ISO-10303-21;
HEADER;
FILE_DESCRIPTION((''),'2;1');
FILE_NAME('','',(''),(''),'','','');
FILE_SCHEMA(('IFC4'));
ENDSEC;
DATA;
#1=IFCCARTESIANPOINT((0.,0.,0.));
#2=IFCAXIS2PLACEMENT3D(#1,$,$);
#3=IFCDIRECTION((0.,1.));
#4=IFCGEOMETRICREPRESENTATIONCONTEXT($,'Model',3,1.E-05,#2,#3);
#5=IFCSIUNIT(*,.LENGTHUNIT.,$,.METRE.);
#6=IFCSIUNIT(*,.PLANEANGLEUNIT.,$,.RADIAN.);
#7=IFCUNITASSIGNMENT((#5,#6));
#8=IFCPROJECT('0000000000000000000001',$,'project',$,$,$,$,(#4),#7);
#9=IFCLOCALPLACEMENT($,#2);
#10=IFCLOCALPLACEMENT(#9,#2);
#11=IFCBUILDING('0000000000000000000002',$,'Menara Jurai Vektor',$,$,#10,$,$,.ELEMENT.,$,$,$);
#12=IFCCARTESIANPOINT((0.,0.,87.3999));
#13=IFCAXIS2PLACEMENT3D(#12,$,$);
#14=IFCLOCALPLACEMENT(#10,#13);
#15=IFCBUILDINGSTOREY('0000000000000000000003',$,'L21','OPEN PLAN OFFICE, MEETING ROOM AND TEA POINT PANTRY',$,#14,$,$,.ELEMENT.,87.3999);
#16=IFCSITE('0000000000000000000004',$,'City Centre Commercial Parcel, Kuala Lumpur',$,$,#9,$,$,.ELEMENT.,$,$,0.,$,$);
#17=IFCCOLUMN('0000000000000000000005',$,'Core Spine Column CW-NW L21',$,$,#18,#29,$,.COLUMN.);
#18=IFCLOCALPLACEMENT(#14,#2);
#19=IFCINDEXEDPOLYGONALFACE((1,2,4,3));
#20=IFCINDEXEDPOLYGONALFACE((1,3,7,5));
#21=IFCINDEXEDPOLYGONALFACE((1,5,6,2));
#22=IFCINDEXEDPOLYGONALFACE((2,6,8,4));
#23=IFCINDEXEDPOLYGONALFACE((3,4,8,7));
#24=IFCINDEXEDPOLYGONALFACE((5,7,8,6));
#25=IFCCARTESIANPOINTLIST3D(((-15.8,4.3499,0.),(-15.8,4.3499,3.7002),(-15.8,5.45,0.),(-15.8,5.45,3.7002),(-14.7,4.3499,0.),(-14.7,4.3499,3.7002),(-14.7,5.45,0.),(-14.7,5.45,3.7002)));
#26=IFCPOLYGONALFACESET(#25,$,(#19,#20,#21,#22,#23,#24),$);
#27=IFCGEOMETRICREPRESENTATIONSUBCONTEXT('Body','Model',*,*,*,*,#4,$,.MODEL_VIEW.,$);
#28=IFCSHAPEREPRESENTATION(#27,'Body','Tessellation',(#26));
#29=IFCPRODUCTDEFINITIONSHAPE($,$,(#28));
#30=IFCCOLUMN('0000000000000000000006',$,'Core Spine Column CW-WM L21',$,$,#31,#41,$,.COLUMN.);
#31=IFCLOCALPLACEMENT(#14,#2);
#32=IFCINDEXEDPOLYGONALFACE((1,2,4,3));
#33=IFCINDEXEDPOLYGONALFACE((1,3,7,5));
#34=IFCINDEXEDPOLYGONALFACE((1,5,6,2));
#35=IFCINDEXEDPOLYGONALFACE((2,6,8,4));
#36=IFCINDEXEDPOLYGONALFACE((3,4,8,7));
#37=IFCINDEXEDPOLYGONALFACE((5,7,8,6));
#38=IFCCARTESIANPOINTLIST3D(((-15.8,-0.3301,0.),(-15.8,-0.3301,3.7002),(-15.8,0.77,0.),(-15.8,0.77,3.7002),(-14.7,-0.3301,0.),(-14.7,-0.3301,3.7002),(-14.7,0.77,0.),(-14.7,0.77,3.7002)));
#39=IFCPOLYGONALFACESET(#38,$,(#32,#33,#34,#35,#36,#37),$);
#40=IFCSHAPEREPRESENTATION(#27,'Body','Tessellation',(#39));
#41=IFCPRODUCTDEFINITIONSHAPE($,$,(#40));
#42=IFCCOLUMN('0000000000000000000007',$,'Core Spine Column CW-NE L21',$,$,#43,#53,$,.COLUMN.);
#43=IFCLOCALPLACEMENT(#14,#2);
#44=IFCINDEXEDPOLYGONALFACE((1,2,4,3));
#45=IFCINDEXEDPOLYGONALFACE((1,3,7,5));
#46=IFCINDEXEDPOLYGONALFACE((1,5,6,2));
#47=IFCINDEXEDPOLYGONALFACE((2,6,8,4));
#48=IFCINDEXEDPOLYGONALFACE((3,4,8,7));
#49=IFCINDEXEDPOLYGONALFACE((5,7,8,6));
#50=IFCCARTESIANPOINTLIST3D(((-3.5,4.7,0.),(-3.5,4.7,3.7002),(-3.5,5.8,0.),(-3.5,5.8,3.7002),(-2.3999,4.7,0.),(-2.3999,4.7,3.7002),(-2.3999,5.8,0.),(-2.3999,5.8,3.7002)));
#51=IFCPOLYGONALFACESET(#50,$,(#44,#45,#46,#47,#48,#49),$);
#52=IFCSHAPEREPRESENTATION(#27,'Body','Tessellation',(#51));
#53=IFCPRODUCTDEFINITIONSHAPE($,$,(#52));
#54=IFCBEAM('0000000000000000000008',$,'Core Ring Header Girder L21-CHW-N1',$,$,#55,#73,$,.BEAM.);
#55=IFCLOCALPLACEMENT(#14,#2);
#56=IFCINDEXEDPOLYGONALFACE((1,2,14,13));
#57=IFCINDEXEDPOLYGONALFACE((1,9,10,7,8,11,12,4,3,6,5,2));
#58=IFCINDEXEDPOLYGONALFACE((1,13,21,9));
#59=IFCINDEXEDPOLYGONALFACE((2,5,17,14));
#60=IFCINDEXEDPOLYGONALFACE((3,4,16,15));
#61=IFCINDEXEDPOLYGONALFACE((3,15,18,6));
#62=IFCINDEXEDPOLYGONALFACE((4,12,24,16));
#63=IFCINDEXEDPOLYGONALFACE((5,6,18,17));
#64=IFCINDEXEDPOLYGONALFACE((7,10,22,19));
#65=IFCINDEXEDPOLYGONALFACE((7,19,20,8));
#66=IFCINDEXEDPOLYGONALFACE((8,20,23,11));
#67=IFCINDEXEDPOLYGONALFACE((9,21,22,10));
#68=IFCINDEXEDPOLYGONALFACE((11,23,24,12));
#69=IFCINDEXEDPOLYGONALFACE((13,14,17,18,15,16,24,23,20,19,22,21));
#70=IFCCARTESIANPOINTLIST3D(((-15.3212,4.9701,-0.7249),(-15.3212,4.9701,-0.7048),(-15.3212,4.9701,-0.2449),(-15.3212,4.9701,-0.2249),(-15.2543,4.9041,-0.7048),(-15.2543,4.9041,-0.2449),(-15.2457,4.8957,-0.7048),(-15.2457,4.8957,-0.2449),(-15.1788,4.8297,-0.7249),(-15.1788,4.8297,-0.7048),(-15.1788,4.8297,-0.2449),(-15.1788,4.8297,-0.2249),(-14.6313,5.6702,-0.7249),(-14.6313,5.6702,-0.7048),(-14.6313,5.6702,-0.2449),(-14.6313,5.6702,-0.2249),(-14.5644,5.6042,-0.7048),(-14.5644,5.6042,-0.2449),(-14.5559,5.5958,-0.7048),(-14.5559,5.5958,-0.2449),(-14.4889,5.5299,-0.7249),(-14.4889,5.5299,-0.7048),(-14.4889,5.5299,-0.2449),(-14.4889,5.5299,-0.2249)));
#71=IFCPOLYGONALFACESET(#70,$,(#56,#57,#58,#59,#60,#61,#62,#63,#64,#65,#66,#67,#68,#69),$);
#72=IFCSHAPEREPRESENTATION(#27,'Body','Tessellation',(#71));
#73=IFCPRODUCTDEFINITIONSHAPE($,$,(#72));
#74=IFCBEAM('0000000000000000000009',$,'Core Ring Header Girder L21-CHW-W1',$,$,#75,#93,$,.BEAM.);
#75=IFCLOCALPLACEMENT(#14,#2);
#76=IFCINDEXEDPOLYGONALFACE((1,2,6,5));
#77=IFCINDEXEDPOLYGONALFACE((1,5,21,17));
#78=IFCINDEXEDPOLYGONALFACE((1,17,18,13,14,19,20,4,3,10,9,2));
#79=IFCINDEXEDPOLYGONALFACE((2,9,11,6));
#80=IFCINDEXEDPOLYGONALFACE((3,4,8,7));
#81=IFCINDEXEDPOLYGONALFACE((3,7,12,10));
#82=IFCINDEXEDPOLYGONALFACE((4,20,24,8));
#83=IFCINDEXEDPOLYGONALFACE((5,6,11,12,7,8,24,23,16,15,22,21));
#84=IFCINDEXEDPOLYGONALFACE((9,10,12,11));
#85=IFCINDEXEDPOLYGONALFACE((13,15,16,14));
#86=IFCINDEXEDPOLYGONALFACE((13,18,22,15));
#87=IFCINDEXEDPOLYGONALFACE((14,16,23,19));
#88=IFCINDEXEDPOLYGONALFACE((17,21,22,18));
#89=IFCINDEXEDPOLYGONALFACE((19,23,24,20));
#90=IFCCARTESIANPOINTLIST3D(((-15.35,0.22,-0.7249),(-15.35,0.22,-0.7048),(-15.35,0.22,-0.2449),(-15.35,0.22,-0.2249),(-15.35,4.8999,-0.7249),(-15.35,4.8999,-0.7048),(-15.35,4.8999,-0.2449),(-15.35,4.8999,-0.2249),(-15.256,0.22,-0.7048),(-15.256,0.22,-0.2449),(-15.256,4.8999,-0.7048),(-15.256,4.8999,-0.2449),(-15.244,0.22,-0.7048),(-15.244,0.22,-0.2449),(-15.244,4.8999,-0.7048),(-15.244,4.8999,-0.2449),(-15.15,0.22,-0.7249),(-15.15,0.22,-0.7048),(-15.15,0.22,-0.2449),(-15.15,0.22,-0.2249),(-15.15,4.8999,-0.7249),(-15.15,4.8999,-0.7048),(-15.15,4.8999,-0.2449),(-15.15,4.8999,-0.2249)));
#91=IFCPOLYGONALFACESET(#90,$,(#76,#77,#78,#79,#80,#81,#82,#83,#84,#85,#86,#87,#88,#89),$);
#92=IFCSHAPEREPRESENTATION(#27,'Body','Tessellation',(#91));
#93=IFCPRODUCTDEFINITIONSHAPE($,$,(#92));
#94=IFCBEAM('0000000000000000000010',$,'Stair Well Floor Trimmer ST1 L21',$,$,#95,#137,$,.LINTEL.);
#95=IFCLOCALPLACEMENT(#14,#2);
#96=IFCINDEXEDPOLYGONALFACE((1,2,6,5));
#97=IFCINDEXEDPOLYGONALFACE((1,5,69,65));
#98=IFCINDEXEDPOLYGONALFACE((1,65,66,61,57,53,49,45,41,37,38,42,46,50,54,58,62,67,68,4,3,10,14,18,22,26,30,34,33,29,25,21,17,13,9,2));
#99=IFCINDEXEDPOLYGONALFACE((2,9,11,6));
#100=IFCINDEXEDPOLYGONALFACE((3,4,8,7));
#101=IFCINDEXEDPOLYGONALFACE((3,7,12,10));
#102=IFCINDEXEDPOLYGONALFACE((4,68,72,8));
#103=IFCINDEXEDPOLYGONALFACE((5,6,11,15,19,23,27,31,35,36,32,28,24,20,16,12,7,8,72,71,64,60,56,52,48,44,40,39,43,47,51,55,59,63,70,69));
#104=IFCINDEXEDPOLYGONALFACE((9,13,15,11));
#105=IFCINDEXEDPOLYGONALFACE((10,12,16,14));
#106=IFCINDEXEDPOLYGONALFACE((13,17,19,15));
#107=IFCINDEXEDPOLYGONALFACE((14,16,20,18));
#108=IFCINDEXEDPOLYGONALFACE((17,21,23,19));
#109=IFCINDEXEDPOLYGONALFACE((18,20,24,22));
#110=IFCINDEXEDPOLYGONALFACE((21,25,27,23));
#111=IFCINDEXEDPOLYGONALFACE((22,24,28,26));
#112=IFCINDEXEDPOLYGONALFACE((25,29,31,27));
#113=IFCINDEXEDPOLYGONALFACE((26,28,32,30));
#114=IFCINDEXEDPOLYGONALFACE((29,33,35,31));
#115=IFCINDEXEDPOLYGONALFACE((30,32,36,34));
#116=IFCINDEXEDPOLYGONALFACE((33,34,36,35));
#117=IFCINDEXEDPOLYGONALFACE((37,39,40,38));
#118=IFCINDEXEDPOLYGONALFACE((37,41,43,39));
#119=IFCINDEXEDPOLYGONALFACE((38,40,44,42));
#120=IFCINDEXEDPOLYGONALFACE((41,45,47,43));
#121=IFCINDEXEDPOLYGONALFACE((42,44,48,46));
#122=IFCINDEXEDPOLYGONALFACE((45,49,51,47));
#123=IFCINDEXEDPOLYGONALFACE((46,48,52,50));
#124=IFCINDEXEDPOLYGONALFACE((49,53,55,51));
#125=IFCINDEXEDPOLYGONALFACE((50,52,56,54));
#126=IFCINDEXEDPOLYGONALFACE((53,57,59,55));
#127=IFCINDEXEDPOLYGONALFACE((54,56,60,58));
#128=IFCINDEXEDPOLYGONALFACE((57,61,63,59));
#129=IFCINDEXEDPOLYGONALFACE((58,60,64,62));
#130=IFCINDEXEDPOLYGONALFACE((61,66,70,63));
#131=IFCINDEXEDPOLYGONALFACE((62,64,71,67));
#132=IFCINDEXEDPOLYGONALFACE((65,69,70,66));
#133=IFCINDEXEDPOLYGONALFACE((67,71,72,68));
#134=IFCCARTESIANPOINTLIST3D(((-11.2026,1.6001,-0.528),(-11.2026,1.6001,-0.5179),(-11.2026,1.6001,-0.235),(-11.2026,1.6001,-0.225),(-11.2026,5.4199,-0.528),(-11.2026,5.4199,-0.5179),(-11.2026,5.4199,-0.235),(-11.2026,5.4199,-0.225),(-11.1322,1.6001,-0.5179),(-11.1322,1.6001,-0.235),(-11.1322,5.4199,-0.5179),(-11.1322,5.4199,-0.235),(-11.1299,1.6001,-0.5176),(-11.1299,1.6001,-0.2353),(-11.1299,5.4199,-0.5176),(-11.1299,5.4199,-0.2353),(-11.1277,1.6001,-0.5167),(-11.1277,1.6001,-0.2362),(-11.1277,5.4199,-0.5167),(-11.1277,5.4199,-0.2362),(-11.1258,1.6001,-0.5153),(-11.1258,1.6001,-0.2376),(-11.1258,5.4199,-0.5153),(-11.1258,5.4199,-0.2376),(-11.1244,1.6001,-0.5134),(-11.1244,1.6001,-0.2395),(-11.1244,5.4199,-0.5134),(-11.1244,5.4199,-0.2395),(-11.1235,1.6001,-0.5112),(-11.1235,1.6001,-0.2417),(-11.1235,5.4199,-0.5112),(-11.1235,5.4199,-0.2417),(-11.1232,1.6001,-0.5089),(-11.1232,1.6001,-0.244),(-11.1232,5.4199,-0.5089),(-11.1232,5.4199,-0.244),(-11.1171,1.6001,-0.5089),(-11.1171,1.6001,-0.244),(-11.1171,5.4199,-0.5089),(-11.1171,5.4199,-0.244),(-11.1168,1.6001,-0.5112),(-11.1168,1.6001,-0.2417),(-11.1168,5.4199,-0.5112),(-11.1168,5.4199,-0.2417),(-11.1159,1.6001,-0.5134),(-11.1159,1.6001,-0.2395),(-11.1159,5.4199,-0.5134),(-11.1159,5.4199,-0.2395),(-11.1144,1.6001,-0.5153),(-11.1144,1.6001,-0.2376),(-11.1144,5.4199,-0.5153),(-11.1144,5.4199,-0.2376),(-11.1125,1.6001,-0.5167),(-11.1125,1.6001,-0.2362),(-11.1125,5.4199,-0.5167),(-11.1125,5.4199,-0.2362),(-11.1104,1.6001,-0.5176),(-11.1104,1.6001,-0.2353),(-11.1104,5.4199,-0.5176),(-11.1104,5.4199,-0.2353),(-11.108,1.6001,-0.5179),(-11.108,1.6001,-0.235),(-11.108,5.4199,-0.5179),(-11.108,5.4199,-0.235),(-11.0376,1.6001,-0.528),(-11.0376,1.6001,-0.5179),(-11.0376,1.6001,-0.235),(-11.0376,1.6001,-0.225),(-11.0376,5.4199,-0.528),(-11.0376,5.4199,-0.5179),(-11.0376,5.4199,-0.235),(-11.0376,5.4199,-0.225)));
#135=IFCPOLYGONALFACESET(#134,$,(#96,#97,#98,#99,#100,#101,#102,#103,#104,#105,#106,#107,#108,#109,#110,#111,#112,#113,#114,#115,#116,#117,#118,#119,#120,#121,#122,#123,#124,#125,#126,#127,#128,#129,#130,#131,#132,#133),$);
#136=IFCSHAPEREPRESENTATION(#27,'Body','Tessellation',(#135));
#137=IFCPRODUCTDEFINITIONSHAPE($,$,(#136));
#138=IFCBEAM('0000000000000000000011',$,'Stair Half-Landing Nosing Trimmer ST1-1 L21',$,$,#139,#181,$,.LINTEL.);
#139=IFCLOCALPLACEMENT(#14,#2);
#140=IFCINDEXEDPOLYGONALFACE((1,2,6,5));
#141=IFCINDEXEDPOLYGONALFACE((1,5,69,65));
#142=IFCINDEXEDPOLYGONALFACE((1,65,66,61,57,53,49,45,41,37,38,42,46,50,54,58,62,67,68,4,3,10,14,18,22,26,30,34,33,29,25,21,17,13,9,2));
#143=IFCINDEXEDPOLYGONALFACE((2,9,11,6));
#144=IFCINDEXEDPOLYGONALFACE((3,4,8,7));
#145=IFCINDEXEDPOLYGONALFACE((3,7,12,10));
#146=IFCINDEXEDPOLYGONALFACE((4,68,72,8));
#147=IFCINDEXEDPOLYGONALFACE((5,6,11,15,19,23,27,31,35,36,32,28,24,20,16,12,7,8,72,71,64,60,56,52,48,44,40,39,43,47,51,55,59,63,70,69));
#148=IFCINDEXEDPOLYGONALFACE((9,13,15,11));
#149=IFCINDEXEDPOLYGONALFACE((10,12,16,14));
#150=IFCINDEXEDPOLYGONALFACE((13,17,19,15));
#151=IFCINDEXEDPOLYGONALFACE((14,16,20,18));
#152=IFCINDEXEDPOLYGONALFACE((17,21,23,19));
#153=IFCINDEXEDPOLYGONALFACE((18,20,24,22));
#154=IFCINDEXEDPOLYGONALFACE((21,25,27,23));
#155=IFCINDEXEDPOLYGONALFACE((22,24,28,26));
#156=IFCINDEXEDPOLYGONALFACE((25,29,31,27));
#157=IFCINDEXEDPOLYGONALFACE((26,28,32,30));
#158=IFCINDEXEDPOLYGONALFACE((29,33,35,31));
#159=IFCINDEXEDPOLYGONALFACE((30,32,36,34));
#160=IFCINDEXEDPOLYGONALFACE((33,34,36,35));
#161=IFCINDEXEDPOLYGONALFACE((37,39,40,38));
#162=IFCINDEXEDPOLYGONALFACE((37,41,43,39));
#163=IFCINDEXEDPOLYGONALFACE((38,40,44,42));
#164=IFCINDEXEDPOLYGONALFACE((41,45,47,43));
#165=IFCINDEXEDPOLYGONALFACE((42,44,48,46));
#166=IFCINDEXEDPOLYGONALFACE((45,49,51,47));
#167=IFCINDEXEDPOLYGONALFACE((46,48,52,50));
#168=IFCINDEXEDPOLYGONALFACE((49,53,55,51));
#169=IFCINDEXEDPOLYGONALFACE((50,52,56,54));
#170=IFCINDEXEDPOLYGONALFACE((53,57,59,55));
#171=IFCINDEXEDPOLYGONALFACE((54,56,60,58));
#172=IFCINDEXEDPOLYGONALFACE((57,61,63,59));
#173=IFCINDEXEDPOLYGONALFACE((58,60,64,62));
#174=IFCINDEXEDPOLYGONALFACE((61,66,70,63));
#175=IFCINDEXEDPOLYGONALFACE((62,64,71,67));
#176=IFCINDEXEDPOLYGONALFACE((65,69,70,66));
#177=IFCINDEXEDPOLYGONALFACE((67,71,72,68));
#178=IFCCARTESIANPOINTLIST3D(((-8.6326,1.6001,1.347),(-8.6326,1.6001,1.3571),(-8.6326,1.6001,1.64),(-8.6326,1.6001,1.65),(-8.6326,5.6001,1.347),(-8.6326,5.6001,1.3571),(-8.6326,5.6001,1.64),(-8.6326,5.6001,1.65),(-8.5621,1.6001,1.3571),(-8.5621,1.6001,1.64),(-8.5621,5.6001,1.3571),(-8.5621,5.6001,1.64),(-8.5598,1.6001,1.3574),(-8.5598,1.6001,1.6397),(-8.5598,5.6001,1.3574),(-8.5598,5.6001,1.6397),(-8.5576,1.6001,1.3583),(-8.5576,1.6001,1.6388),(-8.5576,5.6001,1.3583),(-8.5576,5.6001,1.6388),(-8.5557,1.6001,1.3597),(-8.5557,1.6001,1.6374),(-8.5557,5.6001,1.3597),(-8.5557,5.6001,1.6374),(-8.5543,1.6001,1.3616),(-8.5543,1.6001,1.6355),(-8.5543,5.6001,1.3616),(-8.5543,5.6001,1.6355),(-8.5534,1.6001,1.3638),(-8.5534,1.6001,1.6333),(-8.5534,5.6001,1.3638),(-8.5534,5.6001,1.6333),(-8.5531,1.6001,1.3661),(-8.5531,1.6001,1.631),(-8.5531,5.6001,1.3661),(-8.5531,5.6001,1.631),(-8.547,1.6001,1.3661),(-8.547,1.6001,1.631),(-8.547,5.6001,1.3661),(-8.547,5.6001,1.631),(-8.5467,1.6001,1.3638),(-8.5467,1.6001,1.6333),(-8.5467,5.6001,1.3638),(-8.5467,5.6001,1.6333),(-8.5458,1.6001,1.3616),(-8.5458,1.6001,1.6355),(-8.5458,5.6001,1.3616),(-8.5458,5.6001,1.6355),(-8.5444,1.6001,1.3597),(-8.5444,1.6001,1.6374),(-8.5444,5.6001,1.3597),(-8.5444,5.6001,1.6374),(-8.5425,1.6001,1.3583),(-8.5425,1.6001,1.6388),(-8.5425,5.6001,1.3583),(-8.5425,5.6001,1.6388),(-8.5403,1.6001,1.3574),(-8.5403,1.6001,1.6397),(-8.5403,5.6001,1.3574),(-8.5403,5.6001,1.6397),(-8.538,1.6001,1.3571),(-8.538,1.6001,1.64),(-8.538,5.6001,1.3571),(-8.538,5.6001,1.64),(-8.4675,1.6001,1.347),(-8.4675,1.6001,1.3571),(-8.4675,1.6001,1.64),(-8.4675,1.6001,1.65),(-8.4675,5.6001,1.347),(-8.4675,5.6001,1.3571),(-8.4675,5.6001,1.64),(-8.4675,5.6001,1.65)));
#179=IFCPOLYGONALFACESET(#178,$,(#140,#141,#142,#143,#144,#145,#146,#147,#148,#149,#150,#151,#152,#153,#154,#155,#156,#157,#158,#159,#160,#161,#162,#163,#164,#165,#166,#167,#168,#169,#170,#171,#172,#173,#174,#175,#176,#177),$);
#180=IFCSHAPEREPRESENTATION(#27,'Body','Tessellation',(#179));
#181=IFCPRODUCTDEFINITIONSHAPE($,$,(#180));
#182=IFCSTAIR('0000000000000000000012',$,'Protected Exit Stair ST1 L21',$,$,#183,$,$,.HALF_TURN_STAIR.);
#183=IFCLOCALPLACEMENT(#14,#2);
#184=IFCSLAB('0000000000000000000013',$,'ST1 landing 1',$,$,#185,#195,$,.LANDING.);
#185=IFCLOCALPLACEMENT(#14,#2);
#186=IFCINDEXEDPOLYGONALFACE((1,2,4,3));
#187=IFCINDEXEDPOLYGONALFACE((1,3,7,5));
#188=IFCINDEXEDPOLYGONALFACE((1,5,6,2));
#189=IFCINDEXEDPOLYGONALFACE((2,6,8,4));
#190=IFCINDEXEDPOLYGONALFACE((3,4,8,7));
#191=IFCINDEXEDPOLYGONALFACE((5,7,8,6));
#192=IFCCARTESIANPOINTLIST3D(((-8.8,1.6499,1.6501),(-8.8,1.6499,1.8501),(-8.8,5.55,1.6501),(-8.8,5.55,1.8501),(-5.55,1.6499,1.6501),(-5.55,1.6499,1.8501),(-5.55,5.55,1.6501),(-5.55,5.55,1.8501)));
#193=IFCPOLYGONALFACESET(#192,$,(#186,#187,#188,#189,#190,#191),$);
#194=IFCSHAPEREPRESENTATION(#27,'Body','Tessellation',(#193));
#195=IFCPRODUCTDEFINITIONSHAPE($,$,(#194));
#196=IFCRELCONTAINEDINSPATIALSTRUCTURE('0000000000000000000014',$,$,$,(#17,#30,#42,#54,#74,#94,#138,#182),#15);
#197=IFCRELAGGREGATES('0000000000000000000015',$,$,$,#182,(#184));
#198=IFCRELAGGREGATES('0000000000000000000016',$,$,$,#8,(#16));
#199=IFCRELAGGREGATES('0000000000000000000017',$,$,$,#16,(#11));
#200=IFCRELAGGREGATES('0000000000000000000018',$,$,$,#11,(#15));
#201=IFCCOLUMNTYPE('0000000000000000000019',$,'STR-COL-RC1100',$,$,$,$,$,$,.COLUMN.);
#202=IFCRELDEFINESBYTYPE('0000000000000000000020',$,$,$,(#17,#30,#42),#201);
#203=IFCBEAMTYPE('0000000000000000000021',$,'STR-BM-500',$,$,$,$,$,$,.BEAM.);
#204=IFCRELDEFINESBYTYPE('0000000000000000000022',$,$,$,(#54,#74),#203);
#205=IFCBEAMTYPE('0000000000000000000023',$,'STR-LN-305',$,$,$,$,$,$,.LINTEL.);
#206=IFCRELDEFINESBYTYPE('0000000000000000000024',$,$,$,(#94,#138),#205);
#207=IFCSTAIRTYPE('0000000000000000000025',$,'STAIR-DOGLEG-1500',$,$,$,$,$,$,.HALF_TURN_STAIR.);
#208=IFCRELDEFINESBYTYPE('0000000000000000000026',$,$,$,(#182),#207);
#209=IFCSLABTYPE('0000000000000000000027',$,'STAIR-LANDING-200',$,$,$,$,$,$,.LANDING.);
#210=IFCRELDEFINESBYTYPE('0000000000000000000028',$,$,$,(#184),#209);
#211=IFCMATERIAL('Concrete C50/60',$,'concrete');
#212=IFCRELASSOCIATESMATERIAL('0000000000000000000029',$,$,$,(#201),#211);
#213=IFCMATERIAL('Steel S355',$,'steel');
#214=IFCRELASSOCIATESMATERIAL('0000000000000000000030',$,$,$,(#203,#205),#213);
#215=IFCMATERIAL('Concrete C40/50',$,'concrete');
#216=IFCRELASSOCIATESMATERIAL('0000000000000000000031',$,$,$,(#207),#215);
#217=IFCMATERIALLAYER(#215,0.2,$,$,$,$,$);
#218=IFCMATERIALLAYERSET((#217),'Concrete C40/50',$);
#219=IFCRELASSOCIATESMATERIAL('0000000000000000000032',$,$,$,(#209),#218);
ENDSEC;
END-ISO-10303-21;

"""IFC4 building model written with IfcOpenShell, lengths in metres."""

from ifc_helpers import new_model, si_unit, direction, frame, origin, origin_2d, place, context, subcontext, project, spatial, polyline, rectangle, i_section, outline, extrude, material, layer, layer_set, material_profile, profile_set, type_object, element, aggregate, save


model = new_model("IFC4")

# Units and contexts
model_context = context("Model", 3, precision=1e-05, world=origin(), true_north=direction((0.0, 1.0)))
body_context = subcontext(model_context, "Body", "Model", "MODEL_VIEW")
ifc_project = project(units=[si_unit("LENGTHUNIT", "METRE"), si_unit("PLANEANGLEUNIT", "RADIAN")], contexts=[model_context])

# Site, building, storey
site_placement = place(None, origin())
site = spatial("IfcSite", under=ifc_project, at=site_placement, Name="City Centre Commercial Parcel, Kuala Lumpur", CompositionType="ELEMENT", RefElevation=0.0)
building_placement = place(site_placement, origin())
building = spatial("IfcBuilding", under=site, at=building_placement, Name="Menara Jurai Vektor", CompositionType="ELEMENT")
storey_placement = place(building_placement, frame((0.0, 0.0, 87.3999)))
storey = spatial("IfcBuildingStorey", under=building, at=storey_placement, Name="L21", Description="OPEN PLAN OFFICE, MEETING ROOM AND TEA POINT PANTRY", CompositionType="ELEMENT", Elevation=87.3999)

# Columns
ifc_material_1 = material(Name="Concrete C50/60", Category="concrete")
ifc_material_profile_1 = material_profile(ifc_material_1, rectangle(XDim=1.1001, YDim=1.1001, at=origin_2d()), Name="RC 1100x1100")
ifc_profile_set_1 = profile_set([ifc_material_profile_1], Name="Concrete C50/60")
column_type = type_object("IfcColumnType", Name="STR-COL-RC1100", PredefinedType="COLUMN", material=ifc_profile_set_1)
for number, where, z_axis, x_axis, name in (
    (1, (-15.25, 4.8999, 0.0), (0.0, 0.0, 1.0), (1.0, 0.0, 0.0), "Core Spine Column CW-NW L21"),
    (2, (-15.25, 0.22, 0.0), (0.0, 0.0, 1.0), (1.0, 0.0, 0.0), "Core Spine Column CW-WM L21"),
    (3, (-2.95, 5.25, 0.0), (0.0, 0.0, 1.0), (1.0, 0.0, 0.0), "Core Spine Column CW-NE L21"),
):
    element("IfcColumn", number, at=place(storey_placement, frame(where, z_axis=z_axis, x_axis=x_axis)), inside=storey, type_object=column_type, Name=name, PredefinedType="COLUMN", context=body_context, shape_type="SweptSolid", body=[
        extrude(rectangle(XDim=1.1001, YDim=1.1001, at=origin_2d()), origin(), (0.0, 0.0, 1.0), 3.7002),
    ])

# Beams
ifc_material_2 = material(Name="Steel S355", Category="steel")
ifc_material_profile_2 = material_profile(ifc_material_2, i_section(OverallWidth=0.2, OverallDepth=0.5, WebThickness=0.012, FlangeThickness=0.02, at=origin_2d()), Name="PG 500x200x96")
ifc_profile_set_2 = profile_set([ifc_material_profile_2], Name="Steel S355")
beam_type_1 = type_object("IfcBeamType", Name="STR-BM-500", PredefinedType="BEAM", material=ifc_profile_set_2)
beam_1_placement = place(storey_placement, frame((-15.25, 4.8999, -0.4749), z_axis=(0.701872, 0.712303, 0.0), x_axis=(-0.712303, 0.701872, 0.0)))
element("IfcBeam", 4, at=beam_1_placement, inside=storey, type_object=beam_type_1, Name="Core Ring Header Girder L21-CHW-N1", PredefinedType="BEAM", context=body_context, shape_type="SweptSolid", body=[
    extrude(i_section(OverallWidth=0.2, OverallDepth=0.5, WebThickness=0.012, FlangeThickness=0.02, at=origin_2d()), origin(), (0.0, 0.0, 1.0), 0.9829),
])
beam_2_placement = place(storey_placement, frame((-15.25, 0.22, -0.4749), z_axis=(0.0, 1.0, 0.0), x_axis=(-1.0, 0.0, 0.0)))
element("IfcBeam", 5, at=beam_2_placement, inside=storey, type_object=beam_type_1, Name="Core Ring Header Girder L21-CHW-W1", PredefinedType="BEAM", context=body_context, shape_type="SweptSolid", body=[
    extrude(i_section(OverallWidth=0.2, OverallDepth=0.5, WebThickness=0.012, FlangeThickness=0.02, at=origin_2d()), origin(), (0.0, 0.0, 1.0), 4.6799),
])
ifc_material_profile_3 = material_profile(ifc_material_2, i_section(OverallWidth=0.165, OverallDepth=0.303, WebThickness=0.0061, FlangeThickness=0.01, FilletRadius=0.009, at=origin_2d()), Name="UKB 305x165x40")
ifc_profile_set_3 = profile_set([ifc_material_profile_3], Name="Steel S355")
beam_type_2 = type_object("IfcBeamType", Name="STR-LN-305", PredefinedType="LINTEL", material=ifc_profile_set_3)
beam_3_placement = place(storey_placement, frame((-11.1201, 1.6001, -0.3765), z_axis=(0.0, 1.0, 0.0), x_axis=(-1.0, 0.0, 0.0)))
element("IfcBeam", 6, at=beam_3_placement, inside=storey, type_object=beam_type_2, Name="Stair Well Floor Trimmer ST1 L21", PredefinedType="LINTEL", context=body_context, shape_type="SweptSolid", body=[
    extrude(i_section(OverallWidth=0.165, OverallDepth=0.303, WebThickness=0.0061, FlangeThickness=0.01, FilletRadius=0.009, at=origin_2d()), origin(), (0.0, 0.0, 1.0), 3.8198),
])
beam_4_placement = place(storey_placement, frame((-8.55, 1.6001, 1.4985), z_axis=(0.0, 1.0, 0.0), x_axis=(-1.0, 0.0, 0.0)))
element("IfcBeam", 7, at=beam_4_placement, inside=storey, type_object=beam_type_2, Name="Stair Half-Landing Nosing Trimmer ST1-1 L21", PredefinedType="LINTEL", context=body_context, shape_type="SweptSolid", body=[
    extrude(i_section(OverallWidth=0.165, OverallDepth=0.303, WebThickness=0.0061, FlangeThickness=0.01, FilletRadius=0.009, at=origin_2d()), origin(), (0.0, 0.0, 1.0), 4.0),
])

# Stair, slab
ifc_material_3 = material(Name="Concrete C40/50", Category="concrete")
stair_type = type_object("IfcStairType", Name="STAIR-DOGLEG-1500", PredefinedType="HALF_TURN_STAIR", material=ifc_material_3)
stair_placement = place(storey_placement, origin())
stair = element("IfcStair", 8, at=stair_placement, inside=storey, type_object=stair_type, Name="Protected Exit Stair ST1 L21", PredefinedType="HALF_TURN_STAIR")
ifc_layer_1 = layer(ifc_material_3, 0.2)
ifc_layer_set_1 = layer_set([ifc_layer_1], Name="Concrete C40/50")
slab_type = type_object("IfcSlabType", Name="STAIR-LANDING-200", PredefinedType="LANDING", material=ifc_layer_set_1)
slab_placement = place(storey_placement, frame((0.0, 0.0, 1.6501)))
slab = element("IfcSlab", 9, at=slab_placement, type_object=slab_type, Name="ST1 landing 1", PredefinedType="LANDING", context=body_context, shape_type="SweptSolid", body=[
    extrude(outline(polyline([(-8.8, 1.6499), (-5.55, 1.6499), (-5.55, 5.55), (-8.8, 5.55), (-8.8, 1.6499)])), origin(), (0.0, 0.0, 1.0), 0.2),
])

aggregate(stair, [slab])

save(model, "model.ifc")
